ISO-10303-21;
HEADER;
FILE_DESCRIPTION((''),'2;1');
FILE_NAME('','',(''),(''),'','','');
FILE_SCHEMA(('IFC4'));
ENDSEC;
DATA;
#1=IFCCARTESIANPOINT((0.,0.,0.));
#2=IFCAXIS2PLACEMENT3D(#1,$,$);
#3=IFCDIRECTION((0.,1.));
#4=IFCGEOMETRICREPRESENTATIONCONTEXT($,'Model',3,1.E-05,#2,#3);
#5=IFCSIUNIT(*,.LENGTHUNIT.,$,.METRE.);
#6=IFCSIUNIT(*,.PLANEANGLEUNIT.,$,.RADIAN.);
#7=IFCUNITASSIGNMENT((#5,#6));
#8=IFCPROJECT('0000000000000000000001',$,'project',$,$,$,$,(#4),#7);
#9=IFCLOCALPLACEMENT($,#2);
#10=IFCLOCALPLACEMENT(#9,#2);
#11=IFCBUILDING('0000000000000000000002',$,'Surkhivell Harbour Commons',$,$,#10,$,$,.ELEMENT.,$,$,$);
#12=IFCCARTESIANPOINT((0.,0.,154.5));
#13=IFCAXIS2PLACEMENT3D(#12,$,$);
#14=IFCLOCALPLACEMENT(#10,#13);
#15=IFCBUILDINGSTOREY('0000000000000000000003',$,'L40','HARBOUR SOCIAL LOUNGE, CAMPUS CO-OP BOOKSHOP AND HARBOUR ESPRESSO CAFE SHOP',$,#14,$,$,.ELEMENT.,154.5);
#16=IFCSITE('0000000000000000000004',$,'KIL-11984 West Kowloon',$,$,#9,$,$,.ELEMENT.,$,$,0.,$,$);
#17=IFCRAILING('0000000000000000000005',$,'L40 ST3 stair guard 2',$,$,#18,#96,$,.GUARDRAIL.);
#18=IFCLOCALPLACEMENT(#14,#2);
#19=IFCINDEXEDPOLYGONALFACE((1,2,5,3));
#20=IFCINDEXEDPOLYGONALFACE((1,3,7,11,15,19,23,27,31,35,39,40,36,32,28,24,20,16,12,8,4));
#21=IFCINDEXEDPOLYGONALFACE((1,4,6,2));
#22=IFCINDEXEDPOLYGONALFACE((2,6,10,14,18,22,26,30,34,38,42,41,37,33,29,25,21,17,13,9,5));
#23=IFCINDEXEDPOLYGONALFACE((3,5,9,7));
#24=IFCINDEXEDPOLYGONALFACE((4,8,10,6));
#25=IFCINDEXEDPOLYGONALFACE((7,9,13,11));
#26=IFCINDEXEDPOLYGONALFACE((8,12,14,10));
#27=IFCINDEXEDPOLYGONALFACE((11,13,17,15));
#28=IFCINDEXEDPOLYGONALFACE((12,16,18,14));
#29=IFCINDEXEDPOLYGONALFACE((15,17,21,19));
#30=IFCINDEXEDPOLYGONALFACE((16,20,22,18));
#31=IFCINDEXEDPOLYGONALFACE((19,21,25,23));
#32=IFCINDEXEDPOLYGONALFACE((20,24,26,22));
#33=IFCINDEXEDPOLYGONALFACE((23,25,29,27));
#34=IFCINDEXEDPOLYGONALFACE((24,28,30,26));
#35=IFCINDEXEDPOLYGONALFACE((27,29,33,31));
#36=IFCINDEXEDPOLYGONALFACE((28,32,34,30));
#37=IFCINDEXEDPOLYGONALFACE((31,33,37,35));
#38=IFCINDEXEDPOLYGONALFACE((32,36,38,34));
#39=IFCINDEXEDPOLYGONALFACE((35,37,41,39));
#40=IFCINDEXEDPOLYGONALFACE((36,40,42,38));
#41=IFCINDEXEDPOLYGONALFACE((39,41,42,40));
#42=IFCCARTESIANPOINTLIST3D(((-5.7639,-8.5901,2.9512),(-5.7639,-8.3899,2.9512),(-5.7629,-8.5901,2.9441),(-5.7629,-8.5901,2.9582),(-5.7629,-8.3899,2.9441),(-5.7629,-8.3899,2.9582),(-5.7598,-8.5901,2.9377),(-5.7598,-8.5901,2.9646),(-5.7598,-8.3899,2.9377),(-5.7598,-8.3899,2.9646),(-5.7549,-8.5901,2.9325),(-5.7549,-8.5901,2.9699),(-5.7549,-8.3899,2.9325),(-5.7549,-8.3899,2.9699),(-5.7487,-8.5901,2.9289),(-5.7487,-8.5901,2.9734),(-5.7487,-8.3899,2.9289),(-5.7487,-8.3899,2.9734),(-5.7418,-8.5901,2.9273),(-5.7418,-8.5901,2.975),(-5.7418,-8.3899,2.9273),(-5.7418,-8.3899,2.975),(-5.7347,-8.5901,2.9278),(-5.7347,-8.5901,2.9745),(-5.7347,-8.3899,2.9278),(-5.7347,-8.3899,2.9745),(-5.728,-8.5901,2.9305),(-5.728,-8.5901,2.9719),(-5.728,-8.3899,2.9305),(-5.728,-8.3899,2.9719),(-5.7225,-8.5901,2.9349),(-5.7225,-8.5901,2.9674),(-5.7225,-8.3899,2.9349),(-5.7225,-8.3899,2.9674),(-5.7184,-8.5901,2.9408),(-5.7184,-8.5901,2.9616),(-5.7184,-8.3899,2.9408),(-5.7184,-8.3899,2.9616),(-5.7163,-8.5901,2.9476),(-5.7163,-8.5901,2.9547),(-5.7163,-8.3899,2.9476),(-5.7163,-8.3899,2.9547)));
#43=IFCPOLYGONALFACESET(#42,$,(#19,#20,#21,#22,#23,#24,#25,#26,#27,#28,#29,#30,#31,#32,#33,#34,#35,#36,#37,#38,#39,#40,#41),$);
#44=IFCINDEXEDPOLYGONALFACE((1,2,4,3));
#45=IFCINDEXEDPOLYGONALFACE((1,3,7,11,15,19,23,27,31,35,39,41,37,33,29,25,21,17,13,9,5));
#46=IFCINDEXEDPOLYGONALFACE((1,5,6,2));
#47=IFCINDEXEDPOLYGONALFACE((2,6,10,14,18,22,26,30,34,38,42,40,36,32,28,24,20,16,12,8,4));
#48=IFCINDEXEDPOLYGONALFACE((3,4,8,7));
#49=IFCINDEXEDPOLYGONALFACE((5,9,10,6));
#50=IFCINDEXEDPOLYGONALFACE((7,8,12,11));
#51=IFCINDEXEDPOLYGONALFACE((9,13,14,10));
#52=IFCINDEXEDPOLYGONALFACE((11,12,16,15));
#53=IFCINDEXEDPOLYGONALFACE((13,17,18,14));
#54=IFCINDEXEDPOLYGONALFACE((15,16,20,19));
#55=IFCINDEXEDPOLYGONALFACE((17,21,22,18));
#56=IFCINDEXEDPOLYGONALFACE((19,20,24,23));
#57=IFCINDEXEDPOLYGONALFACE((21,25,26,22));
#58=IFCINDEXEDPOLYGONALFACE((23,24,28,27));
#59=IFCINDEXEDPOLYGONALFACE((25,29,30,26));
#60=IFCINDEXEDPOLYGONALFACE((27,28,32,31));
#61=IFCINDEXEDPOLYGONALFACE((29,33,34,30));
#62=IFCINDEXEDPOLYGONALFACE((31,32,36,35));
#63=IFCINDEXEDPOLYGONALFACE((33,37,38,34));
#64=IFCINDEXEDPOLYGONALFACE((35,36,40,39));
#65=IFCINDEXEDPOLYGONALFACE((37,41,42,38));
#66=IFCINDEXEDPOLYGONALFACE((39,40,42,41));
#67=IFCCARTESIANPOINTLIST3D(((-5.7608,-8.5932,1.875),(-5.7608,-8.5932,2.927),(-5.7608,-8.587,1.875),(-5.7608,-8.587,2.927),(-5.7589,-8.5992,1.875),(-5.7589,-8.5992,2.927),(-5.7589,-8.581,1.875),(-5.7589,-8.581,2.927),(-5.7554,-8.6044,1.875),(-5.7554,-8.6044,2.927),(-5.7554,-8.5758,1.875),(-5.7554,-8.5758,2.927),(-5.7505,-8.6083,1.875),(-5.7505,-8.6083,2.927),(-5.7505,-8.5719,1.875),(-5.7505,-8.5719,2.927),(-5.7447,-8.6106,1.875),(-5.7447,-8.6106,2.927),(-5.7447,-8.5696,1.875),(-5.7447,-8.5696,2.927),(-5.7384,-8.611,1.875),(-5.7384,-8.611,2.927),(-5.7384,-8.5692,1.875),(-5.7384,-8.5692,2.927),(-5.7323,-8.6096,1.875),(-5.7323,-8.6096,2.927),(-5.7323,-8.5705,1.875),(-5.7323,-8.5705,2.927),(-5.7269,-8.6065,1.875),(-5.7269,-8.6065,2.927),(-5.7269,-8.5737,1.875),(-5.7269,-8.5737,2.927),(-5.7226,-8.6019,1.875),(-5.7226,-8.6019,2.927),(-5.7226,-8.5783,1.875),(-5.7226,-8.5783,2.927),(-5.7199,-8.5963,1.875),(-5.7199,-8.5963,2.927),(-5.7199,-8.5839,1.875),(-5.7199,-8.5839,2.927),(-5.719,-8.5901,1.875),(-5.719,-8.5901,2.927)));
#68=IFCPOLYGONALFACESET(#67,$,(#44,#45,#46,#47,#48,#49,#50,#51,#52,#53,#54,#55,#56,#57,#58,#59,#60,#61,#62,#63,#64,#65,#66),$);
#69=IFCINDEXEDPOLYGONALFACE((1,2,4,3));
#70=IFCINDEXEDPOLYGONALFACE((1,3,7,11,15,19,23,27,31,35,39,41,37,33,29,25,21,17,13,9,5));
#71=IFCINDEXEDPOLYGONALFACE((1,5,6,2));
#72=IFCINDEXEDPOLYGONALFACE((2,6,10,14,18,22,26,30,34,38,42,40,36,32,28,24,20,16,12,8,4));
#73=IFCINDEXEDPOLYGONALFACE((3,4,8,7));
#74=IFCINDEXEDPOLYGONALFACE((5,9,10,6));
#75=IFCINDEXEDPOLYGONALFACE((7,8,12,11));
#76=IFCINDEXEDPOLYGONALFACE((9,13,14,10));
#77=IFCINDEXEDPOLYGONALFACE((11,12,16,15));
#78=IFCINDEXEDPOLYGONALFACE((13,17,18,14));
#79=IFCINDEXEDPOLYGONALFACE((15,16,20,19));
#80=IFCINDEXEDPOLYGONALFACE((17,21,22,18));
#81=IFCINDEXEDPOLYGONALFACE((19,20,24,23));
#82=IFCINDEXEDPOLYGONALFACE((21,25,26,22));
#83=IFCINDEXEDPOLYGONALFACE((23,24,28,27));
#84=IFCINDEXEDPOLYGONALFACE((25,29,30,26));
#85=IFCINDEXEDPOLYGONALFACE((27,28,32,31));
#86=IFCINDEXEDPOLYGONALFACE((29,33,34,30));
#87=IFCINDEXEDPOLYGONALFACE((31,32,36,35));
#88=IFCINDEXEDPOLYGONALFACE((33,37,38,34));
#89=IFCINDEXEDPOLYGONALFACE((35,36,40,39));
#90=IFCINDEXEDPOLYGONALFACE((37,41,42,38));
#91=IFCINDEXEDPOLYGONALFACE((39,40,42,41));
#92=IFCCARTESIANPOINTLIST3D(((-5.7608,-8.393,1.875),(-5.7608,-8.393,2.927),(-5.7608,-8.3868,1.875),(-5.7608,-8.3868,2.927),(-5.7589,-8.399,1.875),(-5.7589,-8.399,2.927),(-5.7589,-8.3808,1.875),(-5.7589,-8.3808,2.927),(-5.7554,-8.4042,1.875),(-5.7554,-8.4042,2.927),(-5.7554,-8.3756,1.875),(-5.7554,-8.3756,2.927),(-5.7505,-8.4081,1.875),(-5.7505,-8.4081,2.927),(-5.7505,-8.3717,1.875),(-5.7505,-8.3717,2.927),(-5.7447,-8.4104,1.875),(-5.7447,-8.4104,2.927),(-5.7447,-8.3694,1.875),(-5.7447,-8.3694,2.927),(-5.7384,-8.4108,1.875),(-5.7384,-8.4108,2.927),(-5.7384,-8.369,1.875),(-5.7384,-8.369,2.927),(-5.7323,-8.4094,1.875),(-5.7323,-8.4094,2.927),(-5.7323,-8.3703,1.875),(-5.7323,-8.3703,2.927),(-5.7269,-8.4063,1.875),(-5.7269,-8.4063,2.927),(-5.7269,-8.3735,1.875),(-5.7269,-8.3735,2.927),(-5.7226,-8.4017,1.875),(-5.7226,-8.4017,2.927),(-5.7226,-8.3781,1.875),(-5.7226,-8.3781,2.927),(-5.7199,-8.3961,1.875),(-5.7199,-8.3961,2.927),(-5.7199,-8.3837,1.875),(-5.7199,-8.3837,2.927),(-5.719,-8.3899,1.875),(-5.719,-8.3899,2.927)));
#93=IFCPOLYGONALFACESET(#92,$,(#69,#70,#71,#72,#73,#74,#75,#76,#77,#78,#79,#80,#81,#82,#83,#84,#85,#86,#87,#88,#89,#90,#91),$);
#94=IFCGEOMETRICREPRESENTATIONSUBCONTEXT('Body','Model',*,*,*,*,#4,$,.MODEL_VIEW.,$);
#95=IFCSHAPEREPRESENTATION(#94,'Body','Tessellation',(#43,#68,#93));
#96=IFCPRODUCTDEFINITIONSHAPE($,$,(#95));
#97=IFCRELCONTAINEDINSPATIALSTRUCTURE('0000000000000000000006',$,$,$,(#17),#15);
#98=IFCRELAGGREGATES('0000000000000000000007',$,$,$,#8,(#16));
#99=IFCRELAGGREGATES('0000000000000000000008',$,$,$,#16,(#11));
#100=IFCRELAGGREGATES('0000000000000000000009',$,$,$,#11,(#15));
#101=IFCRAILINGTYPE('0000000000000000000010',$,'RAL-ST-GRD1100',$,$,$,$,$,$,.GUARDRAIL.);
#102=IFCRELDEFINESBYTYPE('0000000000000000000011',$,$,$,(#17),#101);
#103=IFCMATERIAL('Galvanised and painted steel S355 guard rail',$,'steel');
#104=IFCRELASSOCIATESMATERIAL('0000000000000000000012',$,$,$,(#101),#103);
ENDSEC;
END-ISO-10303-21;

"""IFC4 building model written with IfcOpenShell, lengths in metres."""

from ifc_helpers import new_model, si_unit, direction, frame, origin, origin_2d, place, context, subcontext, project, spatial, circle, extrude, material, type_object, element, save


model = new_model("IFC4")

# Units and contexts
model_context = context("Model", 3, precision=1e-05, world=origin(), true_north=direction((0.0, 1.0)))
body_context = subcontext(model_context, "Body", "Model", "MODEL_VIEW")
ifc_project = project(units=[si_unit("LENGTHUNIT", "METRE"), si_unit("PLANEANGLEUNIT", "RADIAN")], contexts=[model_context])

# Site, building, storey
site_placement = place(None, origin())
site = spatial("IfcSite", under=ifc_project, at=site_placement, Name="KIL-11984 West Kowloon", CompositionType="ELEMENT", RefElevation=0.0)
building_placement = place(site_placement, origin())
building = spatial("IfcBuilding", under=site, at=building_placement, Name="Surkhivell Harbour Commons", CompositionType="ELEMENT")
storey_placement = place(building_placement, frame((0.0, 0.0, 154.5)))
storey = spatial("IfcBuildingStorey", under=building, at=storey_placement, Name="L40", Description="HARBOUR SOCIAL LOUNGE, CAMPUS CO-OP BOOKSHOP AND HARBOUR ESPRESSO CAFE SHOP", CompositionType="ELEMENT", Elevation=154.5)

# Railing
ifc_material_1 = material(Name="Galvanised and painted steel S355 guard rail", Category="steel")
railing_type_1 = type_object("IfcRailingType", Name="RAL-ST-GRD1100", PredefinedType="GUARDRAIL", material=ifc_material_1)
railing_1_placement = place(storey_placement, frame((-5.74, -8.5901, 1.875)))
element("IfcRailing", 1, at=railing_1_placement, inside=storey, type_object=railing_type_1, Name="L40 ST3 stair guard 2", PredefinedType="GUARDRAIL", context=body_context, shape_type="SweptSolid", body=[
    extrude(circle(Radius=0.0239, at=origin_2d()), frame((0.0, 0.0, 1.0762), z_axis=(0.0, 1.0, 0.0), x_axis=(-1.0, 0.0, 0.0)), (0.0, 0.0, 1.0), 0.2002),
    extrude(circle(Radius=0.021, at=origin_2d()), origin(), (0.0, 0.0, 1.0), 1.052),
    extrude(circle(Radius=0.021, at=origin_2d()), frame((0.0, 0.2002, 0.0)), (0.0, 0.0, 1.0), 1.052),
])

save(model, "model.ifc")
